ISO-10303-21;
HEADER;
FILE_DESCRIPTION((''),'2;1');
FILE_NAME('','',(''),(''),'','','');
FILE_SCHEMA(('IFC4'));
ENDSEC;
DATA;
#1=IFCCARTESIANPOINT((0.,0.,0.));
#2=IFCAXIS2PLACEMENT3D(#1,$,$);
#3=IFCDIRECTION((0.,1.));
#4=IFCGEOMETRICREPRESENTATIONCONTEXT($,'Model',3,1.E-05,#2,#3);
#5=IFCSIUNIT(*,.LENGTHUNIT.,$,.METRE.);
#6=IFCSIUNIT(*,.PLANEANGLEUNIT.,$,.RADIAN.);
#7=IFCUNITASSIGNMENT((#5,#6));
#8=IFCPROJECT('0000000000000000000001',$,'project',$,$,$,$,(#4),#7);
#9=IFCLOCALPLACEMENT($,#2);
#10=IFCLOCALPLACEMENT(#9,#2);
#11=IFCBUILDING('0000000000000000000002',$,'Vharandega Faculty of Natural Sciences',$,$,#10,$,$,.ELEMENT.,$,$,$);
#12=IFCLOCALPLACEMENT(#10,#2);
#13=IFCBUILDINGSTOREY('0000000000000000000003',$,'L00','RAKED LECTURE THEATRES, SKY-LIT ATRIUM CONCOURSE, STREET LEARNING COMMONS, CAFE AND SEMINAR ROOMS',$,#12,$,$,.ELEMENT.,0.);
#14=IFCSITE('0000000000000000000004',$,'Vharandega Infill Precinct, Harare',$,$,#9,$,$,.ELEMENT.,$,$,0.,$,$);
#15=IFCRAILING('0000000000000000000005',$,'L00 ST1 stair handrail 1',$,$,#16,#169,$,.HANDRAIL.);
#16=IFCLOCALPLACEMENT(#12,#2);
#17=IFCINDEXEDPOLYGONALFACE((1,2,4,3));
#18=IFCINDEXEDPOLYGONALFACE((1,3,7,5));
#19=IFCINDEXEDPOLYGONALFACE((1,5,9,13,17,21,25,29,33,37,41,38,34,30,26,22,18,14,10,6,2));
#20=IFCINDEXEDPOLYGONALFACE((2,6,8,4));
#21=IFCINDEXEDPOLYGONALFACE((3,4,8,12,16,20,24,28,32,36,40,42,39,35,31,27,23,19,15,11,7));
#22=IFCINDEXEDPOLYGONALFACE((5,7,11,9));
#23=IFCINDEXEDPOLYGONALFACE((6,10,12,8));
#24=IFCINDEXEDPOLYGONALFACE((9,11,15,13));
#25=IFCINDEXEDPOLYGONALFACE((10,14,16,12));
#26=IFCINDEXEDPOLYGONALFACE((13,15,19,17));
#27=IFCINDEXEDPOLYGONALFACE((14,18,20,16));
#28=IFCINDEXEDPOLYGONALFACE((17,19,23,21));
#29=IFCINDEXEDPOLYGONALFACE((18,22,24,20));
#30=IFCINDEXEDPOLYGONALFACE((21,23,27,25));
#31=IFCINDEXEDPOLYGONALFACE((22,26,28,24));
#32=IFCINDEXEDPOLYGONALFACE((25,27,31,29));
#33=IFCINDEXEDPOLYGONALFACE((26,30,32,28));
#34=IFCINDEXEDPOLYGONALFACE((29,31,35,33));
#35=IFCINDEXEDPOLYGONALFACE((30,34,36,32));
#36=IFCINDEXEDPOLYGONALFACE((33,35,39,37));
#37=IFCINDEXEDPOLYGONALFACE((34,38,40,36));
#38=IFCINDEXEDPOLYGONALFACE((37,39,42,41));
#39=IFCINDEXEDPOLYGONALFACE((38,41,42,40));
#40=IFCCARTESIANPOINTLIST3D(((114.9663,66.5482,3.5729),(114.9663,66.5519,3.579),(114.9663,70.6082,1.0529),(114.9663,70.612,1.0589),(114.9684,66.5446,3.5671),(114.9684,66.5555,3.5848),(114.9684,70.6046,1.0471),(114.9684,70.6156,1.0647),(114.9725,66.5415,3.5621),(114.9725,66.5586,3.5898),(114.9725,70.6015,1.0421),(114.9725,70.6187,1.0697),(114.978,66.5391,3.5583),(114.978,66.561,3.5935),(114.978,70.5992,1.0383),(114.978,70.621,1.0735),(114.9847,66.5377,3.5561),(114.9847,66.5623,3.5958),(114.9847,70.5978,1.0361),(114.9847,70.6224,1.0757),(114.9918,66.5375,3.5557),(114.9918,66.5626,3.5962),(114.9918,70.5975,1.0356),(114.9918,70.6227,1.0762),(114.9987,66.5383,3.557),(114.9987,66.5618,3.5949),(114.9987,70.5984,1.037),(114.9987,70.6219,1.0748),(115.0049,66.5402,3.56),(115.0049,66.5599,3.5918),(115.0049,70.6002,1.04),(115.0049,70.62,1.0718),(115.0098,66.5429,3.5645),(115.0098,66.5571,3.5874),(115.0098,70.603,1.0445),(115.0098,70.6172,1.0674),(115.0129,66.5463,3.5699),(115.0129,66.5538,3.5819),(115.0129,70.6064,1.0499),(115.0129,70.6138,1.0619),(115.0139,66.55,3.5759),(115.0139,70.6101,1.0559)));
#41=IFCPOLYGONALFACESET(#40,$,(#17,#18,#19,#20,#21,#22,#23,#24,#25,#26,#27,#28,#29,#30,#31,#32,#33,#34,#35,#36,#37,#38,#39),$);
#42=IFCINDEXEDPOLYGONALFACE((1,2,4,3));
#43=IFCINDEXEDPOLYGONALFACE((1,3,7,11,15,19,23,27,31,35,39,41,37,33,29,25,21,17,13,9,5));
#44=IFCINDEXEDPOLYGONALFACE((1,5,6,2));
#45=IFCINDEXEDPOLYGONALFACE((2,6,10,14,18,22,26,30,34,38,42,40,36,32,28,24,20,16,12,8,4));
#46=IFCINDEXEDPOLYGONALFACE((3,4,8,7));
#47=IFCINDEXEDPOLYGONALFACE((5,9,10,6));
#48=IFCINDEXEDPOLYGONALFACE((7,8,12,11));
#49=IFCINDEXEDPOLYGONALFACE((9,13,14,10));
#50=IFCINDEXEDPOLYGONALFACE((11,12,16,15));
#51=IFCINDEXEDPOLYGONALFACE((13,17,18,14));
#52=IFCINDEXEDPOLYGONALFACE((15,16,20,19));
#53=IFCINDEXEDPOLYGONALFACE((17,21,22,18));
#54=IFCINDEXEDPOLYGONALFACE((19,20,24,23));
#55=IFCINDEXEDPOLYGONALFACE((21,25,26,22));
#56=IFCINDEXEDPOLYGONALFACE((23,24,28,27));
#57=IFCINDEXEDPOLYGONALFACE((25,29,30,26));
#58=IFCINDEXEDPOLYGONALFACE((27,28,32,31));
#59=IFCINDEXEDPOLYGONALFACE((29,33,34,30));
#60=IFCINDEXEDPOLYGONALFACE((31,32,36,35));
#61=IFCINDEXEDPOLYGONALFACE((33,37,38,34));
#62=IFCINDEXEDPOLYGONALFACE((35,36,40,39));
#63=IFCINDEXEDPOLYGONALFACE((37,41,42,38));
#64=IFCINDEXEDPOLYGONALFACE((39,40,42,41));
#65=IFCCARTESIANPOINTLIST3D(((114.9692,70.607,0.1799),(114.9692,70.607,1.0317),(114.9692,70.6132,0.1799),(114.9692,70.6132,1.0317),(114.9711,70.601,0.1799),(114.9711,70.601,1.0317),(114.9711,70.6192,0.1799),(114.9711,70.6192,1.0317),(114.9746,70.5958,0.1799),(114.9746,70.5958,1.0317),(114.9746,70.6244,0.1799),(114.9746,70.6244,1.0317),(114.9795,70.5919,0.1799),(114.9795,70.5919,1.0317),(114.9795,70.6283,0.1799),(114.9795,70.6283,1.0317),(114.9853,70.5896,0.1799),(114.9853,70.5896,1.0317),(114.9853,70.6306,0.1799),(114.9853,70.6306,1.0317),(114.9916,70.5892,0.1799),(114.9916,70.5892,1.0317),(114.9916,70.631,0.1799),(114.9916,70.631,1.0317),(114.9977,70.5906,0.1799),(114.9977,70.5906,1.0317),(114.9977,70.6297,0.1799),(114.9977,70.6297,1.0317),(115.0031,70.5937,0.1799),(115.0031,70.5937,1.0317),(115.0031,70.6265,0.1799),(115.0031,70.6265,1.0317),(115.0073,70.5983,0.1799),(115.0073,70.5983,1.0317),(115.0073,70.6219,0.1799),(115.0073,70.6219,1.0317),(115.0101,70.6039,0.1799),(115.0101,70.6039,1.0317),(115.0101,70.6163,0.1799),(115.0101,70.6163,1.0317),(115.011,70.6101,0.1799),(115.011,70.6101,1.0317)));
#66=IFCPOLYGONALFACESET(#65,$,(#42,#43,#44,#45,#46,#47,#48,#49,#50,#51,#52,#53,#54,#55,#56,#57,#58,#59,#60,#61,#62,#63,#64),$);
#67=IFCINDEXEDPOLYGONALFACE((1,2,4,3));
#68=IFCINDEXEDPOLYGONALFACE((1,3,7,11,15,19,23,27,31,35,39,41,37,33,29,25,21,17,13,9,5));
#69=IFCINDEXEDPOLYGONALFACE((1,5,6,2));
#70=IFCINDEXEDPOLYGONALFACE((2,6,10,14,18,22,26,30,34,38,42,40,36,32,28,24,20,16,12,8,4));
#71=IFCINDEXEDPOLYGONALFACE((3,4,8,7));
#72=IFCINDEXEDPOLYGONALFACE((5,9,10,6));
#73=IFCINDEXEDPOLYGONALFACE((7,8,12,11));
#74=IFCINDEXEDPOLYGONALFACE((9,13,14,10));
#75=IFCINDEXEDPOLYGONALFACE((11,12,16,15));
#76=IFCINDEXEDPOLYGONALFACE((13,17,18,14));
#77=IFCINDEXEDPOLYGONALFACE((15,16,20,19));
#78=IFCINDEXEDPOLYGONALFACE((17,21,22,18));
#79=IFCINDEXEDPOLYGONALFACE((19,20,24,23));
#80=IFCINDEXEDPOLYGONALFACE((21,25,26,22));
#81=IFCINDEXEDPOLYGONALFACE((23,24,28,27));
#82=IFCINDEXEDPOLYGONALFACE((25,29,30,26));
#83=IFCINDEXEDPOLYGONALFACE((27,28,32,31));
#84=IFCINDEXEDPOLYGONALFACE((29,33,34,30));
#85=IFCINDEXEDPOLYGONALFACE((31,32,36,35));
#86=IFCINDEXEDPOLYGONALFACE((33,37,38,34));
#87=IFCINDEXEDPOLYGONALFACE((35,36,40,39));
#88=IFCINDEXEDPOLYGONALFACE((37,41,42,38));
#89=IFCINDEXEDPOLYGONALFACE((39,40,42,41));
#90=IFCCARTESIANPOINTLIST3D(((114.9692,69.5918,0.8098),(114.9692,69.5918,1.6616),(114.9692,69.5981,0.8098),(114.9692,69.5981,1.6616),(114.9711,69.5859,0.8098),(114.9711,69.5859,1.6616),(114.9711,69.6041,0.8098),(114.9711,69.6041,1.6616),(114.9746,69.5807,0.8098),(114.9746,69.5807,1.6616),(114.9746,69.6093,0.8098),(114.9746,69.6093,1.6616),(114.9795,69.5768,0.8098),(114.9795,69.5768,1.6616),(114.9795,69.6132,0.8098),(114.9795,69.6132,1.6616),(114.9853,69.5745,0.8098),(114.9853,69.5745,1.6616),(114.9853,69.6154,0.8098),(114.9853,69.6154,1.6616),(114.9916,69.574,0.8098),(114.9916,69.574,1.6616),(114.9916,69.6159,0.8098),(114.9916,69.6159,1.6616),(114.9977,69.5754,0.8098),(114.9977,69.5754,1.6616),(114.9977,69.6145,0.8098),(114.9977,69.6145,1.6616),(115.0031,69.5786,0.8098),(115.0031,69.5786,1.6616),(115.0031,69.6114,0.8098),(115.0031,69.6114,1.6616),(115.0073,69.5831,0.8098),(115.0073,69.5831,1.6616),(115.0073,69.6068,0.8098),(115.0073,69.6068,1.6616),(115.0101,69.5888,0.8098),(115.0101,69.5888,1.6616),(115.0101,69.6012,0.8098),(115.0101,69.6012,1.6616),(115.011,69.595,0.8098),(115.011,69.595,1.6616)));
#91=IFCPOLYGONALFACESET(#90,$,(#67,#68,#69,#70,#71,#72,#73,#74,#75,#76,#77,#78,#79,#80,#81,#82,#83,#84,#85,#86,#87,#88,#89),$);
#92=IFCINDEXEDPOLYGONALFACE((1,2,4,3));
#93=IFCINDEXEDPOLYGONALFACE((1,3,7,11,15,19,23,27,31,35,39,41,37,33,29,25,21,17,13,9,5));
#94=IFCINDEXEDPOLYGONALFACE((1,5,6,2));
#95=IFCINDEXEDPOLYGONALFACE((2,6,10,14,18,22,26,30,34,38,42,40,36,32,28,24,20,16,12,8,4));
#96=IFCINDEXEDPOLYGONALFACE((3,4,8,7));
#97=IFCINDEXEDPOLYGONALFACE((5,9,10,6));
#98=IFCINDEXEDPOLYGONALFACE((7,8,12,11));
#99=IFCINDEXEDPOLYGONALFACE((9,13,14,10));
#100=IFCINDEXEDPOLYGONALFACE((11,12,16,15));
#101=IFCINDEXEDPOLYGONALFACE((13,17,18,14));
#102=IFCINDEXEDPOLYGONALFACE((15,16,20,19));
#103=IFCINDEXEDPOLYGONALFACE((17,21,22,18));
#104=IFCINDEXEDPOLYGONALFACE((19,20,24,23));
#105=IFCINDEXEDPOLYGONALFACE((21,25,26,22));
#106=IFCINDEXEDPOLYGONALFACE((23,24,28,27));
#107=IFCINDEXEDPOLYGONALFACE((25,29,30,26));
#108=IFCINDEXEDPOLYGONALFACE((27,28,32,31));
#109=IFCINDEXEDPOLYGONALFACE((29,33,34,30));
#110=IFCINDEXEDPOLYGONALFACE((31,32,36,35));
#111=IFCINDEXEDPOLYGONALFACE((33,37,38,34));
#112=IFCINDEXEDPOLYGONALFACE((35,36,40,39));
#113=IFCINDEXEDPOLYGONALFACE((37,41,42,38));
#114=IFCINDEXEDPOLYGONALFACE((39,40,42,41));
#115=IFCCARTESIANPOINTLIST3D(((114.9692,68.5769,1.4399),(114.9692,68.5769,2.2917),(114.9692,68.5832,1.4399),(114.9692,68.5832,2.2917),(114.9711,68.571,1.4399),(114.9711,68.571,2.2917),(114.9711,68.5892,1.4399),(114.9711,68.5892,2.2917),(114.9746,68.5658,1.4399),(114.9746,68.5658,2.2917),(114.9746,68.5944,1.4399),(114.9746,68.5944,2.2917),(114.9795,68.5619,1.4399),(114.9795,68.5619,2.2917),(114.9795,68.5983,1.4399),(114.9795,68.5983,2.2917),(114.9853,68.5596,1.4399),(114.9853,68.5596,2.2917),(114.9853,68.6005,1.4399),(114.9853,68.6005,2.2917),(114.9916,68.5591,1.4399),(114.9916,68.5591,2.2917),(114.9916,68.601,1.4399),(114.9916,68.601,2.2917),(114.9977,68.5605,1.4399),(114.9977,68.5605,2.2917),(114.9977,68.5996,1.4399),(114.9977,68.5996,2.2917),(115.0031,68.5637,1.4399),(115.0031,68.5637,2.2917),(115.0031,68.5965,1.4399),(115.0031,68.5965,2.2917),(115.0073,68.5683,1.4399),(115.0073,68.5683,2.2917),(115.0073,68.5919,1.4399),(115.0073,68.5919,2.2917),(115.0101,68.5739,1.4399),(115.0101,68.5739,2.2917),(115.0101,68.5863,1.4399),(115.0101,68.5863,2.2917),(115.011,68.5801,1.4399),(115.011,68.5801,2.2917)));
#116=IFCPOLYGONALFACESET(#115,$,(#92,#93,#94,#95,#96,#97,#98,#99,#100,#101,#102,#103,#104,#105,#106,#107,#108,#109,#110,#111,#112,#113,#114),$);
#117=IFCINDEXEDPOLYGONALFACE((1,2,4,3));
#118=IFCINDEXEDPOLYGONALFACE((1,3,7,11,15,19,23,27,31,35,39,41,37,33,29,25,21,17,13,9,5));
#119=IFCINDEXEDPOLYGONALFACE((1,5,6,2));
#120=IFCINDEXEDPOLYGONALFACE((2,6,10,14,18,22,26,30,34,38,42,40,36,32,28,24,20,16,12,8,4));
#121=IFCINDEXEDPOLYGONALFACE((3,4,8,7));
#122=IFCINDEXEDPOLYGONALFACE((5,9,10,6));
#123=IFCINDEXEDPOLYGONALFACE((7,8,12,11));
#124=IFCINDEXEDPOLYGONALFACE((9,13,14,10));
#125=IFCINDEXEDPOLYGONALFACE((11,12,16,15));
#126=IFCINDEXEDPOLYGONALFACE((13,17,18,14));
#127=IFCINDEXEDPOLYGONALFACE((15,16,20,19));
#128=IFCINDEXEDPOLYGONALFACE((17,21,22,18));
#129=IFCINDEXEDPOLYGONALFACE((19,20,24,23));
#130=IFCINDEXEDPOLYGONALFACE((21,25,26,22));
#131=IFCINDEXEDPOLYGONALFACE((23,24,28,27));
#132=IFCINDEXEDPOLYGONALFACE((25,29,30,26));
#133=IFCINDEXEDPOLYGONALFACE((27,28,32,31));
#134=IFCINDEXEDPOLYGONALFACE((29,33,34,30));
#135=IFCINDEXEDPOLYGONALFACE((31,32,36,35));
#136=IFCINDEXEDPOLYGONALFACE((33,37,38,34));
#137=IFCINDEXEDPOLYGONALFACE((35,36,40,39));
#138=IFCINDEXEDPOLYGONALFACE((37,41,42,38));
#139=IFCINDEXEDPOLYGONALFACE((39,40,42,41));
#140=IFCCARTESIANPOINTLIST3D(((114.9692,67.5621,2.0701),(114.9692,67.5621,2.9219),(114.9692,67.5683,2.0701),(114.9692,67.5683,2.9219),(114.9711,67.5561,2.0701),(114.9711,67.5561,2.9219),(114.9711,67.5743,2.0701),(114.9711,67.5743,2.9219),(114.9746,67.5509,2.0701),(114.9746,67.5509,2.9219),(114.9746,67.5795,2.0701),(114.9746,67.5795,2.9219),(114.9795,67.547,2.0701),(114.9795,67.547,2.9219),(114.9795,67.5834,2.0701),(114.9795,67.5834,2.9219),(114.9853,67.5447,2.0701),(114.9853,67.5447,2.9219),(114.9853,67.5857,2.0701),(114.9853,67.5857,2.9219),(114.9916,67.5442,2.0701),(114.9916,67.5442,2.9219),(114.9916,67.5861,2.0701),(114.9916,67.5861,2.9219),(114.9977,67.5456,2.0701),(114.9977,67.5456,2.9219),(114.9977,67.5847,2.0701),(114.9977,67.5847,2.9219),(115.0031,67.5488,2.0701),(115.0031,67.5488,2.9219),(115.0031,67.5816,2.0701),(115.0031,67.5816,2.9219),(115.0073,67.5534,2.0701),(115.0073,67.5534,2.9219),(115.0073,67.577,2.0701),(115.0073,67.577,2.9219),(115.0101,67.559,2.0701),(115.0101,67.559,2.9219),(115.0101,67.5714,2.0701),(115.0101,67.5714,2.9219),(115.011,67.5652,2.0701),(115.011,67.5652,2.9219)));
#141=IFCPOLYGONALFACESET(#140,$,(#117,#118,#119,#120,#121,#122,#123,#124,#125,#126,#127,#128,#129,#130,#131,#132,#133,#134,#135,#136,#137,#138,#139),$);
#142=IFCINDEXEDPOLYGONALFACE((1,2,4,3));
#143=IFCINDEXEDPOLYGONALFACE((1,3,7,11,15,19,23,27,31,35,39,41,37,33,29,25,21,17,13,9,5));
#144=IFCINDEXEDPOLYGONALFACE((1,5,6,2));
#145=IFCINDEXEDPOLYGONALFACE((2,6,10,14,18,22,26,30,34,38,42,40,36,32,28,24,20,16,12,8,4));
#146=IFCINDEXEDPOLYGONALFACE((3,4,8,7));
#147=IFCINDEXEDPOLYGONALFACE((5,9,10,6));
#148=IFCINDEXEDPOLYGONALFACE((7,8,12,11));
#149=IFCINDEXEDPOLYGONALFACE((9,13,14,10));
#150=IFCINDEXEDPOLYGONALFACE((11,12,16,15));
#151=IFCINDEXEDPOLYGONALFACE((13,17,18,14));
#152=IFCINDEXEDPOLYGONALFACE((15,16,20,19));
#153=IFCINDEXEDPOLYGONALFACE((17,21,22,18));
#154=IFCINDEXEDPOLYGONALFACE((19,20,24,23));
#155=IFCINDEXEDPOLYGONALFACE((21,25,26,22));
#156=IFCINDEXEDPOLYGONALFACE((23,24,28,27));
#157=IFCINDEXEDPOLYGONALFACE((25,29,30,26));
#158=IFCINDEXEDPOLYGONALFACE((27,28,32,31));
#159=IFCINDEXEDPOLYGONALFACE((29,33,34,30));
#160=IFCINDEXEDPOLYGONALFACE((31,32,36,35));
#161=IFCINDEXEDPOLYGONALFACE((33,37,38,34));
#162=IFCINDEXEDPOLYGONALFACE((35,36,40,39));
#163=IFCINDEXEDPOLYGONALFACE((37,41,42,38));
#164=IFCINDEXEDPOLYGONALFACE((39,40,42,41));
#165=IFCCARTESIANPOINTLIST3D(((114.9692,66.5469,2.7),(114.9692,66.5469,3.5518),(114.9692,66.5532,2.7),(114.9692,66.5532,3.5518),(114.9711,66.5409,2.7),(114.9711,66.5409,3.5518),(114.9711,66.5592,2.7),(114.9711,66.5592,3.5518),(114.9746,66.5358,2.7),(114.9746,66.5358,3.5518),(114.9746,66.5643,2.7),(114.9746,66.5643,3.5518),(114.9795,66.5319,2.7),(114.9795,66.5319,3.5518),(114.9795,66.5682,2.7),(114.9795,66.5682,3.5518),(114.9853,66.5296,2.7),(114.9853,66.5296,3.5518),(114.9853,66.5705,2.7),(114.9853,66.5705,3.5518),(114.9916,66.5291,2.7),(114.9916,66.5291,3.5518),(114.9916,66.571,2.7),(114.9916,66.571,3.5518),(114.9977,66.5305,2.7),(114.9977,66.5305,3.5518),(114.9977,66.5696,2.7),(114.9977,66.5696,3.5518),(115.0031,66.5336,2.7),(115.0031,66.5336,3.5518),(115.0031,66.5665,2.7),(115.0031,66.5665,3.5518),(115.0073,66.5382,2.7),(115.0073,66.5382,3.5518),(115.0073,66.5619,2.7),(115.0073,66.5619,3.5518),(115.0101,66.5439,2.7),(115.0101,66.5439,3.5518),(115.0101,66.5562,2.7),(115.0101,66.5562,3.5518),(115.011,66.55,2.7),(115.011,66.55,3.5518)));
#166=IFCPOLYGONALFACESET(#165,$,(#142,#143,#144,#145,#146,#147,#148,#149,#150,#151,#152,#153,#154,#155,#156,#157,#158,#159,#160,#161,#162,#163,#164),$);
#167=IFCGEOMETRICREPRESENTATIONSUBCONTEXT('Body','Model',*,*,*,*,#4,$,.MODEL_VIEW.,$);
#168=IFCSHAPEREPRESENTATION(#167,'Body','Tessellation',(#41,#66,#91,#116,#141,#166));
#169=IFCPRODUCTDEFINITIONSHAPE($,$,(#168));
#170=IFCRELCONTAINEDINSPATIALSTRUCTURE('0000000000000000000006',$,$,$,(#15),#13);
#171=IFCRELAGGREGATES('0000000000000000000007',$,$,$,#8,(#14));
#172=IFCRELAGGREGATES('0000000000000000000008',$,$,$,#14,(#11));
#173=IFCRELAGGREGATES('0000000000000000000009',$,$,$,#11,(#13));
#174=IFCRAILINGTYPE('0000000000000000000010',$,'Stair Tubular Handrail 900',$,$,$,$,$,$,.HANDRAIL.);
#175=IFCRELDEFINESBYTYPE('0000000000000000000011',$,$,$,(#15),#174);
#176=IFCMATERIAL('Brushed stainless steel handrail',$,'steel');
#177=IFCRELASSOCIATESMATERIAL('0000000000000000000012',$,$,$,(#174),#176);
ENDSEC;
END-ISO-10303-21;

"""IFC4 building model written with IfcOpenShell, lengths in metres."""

from ifc_helpers import new_model, si_unit, direction, frame, origin, origin_2d, place, context, subcontext, project, spatial, circle, extrude, material, type_object, element, save


model = new_model("IFC4")

# Units and contexts
model_context = context("Model", 3, precision=1e-05, world=origin(), true_north=direction((0.0, 1.0)))
body_context = subcontext(model_context, "Body", "Model", "MODEL_VIEW")
ifc_project = project(units=[si_unit("LENGTHUNIT", "METRE"), si_unit("PLANEANGLEUNIT", "RADIAN")], contexts=[model_context])

# Site, building, storey
site_placement = place(None, origin())
site = spatial("IfcSite", under=ifc_project, at=site_placement, Name="Vharandega Infill Precinct, Harare", CompositionType="ELEMENT", RefElevation=0.0)
building_placement = place(site_placement, origin())
building = spatial("IfcBuilding", under=site, at=building_placement, Name="Vharandega Faculty of Natural Sciences", CompositionType="ELEMENT")
storey_placement = place(building_placement, origin())
storey = spatial("IfcBuildingStorey", under=building, at=storey_placement, Name="L00", Description="RAKED LECTURE THEATRES, SKY-LIT ATRIUM CONCOURSE, STREET LEARNING COMMONS, CAFE AND SEMINAR ROOMS", CompositionType="ELEMENT", Elevation=0.0)

# Railing
ifc_material_1 = material(Name="Brushed stainless steel handrail", Category="steel")
railing_type_1 = type_object("IfcRailingType", Name="Stair Tubular Handrail 900", PredefinedType="HANDRAIL", material=ifc_material_1)
railing_1_placement = place(storey_placement, frame((114.99, 70.6101, 0.1799)))
element("IfcRailing", 1, at=railing_1_placement, inside=storey, type_object=railing_type_1, Name="L00 ST1 stair handrail 1", PredefinedType="HANDRAIL", context=body_context, shape_type="SweptSolid", body=[
    extrude(circle(Radius=0.0239, at=origin_2d()), frame((0.0, 0.0, 0.876), z_axis=(0.0, -0.849642, 0.52736), x_axis=(1.0, 0.0, 0.0)), (0.0, 0.0, 1.0), 4.7786),
    extrude(circle(Radius=0.021, at=origin_2d()), origin(), (0.0, 0.0, 1.0), 0.8518),
    extrude(circle(Radius=0.021, at=origin_2d()), frame((0.0, -1.0151, 0.6299)), (0.0, 0.0, 1.0), 0.8518),
    extrude(circle(Radius=0.021, at=origin_2d()), frame((0.0, -2.03, 1.26)), (0.0, 0.0, 1.0), 0.8518),
    extrude(circle(Radius=0.021, at=origin_2d()), frame((0.0, -3.0449, 1.8901)), (0.0, 0.0, 1.0), 0.8518),
    extrude(circle(Radius=0.021, at=origin_2d()), frame((0.0, -4.0601, 2.52)), (0.0, 0.0, 1.0), 0.8518),
])

save(model, "model.ifc")
